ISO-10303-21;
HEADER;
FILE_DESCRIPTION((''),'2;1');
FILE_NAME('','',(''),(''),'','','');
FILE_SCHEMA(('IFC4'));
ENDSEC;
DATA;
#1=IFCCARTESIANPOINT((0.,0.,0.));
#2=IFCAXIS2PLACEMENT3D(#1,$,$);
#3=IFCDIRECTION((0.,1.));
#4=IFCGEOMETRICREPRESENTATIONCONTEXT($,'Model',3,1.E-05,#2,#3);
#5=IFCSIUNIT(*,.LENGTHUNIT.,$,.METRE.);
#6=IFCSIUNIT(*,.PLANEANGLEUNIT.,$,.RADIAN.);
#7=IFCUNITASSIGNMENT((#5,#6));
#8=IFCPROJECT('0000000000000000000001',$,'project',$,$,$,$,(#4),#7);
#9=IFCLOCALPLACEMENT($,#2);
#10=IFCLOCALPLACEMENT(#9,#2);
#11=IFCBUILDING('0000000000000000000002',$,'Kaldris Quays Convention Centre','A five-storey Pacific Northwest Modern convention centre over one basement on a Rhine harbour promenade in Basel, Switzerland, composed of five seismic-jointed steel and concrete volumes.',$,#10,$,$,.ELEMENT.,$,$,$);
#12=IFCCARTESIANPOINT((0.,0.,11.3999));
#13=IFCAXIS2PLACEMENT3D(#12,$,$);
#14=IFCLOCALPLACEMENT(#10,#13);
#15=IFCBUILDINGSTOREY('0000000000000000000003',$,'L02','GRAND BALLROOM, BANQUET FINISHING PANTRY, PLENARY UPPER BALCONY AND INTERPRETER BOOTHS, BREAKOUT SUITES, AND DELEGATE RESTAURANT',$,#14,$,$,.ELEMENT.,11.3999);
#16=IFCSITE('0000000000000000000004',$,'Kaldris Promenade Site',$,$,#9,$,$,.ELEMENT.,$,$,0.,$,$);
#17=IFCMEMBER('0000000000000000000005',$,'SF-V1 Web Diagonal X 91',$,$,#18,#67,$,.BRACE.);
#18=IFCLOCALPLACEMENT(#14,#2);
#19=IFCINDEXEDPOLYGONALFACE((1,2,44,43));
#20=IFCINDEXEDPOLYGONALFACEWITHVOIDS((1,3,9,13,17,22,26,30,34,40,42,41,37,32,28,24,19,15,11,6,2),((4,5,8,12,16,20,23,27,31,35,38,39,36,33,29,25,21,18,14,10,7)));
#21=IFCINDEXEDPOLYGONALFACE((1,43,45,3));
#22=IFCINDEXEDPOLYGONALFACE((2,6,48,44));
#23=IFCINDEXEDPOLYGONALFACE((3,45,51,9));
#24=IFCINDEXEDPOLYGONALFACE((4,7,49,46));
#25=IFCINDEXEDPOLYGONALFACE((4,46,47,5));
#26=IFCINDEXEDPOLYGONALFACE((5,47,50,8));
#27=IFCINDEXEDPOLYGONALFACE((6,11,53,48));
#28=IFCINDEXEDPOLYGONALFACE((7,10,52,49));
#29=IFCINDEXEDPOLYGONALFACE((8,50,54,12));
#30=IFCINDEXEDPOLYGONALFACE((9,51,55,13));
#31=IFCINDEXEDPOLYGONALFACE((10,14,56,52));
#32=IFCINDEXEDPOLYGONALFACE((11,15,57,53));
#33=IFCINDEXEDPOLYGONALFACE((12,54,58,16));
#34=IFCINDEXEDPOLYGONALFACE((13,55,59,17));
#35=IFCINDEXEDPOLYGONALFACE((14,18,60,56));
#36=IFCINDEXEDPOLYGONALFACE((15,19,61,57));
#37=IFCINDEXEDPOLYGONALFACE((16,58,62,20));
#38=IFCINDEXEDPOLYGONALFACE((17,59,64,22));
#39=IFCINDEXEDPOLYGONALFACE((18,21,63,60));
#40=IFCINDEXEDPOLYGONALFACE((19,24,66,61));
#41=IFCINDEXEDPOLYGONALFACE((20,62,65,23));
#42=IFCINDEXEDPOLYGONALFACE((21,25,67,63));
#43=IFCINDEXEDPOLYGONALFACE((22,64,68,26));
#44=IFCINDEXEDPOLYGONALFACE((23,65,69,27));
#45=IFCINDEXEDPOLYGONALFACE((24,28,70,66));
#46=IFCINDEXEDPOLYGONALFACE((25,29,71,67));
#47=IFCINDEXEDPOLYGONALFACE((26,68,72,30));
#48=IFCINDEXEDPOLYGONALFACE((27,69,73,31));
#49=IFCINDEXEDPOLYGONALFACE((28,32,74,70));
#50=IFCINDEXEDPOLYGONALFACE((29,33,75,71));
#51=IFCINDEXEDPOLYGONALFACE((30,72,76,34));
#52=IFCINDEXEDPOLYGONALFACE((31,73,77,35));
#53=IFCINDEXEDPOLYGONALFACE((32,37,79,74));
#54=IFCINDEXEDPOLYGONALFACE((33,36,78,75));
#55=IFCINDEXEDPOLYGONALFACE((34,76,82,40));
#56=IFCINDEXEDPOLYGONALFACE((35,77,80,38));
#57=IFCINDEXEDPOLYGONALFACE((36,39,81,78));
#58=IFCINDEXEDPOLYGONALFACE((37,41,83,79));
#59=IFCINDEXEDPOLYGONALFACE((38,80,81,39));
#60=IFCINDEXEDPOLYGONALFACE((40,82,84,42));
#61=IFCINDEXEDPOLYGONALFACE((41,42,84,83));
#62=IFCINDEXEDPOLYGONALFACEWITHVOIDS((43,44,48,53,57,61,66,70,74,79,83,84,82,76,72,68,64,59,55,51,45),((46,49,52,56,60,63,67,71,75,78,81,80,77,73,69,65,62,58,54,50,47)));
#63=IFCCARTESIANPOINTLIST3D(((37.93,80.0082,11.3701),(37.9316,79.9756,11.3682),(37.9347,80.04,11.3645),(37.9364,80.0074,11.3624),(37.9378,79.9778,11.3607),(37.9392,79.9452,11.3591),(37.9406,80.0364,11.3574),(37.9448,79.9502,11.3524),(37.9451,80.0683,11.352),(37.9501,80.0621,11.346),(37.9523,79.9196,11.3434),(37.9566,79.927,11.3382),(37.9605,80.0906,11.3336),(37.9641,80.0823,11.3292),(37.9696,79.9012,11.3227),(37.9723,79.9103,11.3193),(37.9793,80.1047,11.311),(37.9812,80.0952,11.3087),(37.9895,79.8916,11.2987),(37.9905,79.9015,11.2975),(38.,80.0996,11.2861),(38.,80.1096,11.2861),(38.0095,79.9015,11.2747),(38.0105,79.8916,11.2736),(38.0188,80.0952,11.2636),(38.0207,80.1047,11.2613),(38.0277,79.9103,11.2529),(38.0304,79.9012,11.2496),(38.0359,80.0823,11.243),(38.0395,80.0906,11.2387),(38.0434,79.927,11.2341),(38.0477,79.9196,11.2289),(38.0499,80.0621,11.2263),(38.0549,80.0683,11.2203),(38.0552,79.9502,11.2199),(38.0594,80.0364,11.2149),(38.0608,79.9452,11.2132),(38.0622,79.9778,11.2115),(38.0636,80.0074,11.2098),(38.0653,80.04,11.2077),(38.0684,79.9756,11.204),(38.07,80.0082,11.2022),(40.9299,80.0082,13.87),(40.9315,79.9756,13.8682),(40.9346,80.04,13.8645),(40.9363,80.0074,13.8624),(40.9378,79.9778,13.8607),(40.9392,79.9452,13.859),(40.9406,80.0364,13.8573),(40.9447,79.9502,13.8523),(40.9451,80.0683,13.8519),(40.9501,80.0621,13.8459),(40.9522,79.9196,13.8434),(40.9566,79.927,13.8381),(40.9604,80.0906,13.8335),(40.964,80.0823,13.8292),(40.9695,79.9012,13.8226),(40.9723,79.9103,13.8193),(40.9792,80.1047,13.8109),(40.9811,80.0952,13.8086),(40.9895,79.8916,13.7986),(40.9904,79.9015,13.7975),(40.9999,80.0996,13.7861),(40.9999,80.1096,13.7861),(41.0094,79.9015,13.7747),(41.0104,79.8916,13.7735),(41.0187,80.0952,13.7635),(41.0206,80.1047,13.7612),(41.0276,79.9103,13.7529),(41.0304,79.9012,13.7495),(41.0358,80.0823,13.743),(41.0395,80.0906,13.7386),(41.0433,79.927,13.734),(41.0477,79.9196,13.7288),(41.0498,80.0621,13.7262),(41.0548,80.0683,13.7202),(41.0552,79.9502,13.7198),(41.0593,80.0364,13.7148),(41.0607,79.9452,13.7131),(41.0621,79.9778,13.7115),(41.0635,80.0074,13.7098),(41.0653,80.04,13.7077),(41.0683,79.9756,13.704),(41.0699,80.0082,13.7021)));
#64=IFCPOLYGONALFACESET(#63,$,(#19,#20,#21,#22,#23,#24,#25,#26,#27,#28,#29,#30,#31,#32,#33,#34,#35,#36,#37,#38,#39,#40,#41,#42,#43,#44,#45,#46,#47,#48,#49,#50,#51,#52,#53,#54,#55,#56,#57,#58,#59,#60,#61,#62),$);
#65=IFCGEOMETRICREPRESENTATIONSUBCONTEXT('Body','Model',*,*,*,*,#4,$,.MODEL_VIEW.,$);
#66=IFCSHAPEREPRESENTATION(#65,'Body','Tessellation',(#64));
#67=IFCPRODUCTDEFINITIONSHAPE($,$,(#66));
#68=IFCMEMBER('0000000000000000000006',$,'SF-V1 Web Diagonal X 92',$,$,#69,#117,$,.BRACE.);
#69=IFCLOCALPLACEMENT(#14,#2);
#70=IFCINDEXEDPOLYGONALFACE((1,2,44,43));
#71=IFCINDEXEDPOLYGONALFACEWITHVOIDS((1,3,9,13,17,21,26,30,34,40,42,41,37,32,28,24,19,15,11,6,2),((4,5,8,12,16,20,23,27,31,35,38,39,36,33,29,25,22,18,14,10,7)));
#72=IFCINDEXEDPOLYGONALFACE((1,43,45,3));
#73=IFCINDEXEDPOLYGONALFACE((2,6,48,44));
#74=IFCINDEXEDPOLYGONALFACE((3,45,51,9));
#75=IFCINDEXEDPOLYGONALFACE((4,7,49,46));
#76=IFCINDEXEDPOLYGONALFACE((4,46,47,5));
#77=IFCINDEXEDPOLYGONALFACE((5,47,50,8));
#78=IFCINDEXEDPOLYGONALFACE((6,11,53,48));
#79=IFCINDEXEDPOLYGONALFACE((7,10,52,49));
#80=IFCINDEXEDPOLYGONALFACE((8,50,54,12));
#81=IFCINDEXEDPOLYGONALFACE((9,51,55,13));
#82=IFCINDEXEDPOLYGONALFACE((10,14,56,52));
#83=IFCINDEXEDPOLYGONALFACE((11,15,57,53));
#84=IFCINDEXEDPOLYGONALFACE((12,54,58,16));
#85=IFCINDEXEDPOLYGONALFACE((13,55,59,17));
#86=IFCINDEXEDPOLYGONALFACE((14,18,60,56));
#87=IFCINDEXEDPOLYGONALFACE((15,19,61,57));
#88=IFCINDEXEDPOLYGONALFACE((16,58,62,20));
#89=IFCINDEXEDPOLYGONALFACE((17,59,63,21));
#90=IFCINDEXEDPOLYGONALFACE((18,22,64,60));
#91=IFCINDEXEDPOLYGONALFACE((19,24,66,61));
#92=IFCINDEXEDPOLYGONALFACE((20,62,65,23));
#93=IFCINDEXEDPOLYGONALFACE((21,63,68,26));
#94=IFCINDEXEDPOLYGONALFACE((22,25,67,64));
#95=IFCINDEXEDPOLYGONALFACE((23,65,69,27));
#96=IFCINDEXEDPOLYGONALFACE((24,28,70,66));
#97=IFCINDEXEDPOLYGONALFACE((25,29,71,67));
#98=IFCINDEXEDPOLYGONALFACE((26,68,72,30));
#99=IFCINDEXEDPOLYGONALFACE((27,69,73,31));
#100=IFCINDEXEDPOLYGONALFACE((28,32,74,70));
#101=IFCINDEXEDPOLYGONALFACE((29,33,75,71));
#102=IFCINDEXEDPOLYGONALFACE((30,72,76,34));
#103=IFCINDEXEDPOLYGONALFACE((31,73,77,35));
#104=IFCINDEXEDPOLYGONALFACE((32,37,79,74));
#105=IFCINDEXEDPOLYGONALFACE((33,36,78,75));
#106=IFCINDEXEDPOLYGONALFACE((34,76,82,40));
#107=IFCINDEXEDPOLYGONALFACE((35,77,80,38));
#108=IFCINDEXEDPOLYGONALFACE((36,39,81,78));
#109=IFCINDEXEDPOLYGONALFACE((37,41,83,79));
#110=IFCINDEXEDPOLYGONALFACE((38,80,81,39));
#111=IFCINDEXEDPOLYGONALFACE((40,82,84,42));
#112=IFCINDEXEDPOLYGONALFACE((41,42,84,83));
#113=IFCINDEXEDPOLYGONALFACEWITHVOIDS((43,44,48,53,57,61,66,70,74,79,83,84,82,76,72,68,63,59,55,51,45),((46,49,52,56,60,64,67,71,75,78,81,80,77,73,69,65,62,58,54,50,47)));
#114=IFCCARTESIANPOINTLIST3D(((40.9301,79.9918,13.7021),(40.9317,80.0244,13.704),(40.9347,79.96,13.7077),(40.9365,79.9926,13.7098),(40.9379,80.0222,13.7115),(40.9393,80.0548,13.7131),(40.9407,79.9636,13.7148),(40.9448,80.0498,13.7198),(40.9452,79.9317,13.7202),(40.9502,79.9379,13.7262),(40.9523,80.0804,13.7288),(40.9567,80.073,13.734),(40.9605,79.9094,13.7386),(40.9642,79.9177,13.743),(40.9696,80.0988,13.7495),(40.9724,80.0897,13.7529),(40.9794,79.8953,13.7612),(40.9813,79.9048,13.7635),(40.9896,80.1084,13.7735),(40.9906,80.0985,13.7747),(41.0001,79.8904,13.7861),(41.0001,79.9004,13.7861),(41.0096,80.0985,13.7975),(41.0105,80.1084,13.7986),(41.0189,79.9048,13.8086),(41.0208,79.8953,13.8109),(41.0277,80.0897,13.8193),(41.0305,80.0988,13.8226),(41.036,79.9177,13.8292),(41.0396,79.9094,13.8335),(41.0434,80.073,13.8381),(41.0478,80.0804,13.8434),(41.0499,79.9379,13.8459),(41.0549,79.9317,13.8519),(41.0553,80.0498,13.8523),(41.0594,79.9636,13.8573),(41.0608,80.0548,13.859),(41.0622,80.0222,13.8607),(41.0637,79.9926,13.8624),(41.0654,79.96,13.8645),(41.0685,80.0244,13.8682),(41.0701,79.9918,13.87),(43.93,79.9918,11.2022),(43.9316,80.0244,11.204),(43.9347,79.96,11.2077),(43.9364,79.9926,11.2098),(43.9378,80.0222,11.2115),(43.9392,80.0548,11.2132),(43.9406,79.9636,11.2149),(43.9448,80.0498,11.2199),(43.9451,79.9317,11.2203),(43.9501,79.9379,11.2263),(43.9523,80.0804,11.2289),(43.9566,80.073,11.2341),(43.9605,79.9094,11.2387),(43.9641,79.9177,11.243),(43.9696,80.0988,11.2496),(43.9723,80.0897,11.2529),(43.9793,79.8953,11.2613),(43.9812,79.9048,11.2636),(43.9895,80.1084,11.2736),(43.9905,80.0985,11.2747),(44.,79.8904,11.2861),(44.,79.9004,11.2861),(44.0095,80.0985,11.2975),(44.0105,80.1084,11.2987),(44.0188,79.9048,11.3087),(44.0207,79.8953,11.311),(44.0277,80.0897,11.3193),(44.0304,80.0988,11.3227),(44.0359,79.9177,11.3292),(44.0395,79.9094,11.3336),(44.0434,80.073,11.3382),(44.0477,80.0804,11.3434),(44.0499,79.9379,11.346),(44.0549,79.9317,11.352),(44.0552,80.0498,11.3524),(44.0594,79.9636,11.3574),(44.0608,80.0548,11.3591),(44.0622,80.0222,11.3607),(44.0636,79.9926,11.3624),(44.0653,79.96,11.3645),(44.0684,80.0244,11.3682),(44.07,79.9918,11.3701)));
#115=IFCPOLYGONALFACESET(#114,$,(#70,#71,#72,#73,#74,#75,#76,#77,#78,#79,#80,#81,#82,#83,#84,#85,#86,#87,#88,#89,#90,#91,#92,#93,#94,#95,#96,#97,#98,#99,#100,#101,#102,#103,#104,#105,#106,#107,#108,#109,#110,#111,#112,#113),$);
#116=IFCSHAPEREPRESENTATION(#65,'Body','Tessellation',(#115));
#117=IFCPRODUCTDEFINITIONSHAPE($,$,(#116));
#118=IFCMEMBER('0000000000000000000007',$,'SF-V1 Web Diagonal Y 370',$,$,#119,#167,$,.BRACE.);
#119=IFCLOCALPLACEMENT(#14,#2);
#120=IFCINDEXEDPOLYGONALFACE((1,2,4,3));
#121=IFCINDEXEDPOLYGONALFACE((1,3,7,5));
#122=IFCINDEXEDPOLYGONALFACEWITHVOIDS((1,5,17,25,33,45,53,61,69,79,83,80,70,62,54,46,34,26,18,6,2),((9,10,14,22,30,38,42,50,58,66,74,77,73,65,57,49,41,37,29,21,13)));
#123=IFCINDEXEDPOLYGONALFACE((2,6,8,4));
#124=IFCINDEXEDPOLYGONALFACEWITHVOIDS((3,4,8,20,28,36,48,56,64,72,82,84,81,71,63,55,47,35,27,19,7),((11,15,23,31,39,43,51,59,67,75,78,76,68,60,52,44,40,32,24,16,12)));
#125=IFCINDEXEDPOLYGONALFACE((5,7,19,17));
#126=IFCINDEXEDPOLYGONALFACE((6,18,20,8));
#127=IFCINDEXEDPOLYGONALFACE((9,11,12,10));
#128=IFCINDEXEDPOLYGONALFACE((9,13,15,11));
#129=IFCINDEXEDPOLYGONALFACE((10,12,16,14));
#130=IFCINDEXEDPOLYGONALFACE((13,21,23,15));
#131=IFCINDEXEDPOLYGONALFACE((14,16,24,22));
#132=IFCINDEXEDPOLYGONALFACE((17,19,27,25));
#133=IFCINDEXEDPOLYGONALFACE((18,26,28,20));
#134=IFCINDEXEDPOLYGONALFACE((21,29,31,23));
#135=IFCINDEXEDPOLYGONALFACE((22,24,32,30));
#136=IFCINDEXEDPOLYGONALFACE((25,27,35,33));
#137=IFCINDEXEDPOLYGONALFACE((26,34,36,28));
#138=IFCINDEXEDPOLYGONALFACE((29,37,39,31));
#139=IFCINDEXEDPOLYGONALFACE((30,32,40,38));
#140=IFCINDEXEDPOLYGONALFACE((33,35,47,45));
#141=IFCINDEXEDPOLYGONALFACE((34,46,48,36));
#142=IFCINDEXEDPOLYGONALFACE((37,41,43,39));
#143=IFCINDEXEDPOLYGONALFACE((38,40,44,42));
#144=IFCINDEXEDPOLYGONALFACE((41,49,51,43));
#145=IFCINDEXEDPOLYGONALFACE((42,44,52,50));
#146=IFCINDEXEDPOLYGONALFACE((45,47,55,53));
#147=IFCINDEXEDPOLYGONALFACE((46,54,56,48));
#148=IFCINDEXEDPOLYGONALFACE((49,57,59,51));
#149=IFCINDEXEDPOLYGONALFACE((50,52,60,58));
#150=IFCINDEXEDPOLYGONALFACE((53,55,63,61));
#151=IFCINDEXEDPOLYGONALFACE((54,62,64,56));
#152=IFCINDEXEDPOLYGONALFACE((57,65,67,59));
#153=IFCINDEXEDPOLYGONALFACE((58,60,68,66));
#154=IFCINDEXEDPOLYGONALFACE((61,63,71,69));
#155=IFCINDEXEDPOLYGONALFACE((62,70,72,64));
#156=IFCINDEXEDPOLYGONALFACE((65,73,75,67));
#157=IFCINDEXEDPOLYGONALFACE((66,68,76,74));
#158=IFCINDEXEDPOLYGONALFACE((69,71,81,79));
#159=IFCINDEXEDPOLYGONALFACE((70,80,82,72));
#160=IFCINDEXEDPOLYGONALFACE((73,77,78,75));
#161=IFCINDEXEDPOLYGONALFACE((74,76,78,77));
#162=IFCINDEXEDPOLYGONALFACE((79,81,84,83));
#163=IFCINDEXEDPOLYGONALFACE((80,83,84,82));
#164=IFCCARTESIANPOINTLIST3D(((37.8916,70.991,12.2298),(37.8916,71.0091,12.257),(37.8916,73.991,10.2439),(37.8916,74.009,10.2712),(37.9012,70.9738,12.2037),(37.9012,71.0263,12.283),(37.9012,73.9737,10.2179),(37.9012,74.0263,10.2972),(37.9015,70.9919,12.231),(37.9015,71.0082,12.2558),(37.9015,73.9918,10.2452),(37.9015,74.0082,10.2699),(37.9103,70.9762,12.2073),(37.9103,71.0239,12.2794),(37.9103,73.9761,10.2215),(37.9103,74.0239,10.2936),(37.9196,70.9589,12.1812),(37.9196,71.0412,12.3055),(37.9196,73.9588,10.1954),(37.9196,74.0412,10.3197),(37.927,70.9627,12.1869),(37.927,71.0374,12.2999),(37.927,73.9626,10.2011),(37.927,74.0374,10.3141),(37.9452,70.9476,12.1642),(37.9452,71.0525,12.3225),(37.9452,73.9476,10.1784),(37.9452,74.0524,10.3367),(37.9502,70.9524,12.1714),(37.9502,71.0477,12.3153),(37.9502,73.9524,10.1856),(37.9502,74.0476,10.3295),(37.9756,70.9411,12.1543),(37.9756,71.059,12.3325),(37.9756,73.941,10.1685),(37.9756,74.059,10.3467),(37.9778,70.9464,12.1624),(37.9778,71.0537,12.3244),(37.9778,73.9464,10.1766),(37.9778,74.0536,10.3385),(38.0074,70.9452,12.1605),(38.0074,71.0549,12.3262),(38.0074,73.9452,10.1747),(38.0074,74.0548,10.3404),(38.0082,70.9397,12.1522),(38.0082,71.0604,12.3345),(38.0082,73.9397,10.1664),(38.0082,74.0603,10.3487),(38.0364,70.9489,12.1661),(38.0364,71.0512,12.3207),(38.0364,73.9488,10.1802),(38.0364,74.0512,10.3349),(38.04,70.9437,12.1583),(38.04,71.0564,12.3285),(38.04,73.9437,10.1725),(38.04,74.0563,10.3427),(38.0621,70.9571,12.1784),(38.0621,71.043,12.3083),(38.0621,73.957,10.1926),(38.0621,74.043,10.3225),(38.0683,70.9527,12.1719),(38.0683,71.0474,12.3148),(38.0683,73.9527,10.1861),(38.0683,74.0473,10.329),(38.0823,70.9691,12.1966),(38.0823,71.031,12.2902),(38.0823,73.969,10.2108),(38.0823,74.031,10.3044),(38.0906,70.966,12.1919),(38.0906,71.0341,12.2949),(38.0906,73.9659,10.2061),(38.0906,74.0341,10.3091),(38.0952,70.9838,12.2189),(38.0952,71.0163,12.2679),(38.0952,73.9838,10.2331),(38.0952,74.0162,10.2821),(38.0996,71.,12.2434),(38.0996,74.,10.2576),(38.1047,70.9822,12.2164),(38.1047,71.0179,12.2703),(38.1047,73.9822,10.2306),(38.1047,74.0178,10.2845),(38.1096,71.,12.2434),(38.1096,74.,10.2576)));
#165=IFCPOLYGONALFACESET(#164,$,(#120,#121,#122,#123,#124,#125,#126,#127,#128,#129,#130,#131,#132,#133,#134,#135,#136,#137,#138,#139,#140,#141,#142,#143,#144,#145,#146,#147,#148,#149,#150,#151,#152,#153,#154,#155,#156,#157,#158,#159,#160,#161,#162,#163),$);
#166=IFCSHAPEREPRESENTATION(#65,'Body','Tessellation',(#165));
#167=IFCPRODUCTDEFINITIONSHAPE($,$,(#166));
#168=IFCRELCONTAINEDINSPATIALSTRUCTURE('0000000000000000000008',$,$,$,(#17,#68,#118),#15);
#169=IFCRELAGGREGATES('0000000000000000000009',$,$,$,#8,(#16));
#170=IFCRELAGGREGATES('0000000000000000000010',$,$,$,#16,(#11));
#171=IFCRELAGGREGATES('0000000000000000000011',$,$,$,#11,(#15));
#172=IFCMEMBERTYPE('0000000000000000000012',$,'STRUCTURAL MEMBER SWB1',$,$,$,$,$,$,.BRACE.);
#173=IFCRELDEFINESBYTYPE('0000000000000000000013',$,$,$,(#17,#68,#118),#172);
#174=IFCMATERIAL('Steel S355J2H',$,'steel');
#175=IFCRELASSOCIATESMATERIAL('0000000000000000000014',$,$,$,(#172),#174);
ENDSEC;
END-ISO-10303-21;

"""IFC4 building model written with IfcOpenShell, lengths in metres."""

from ifc_helpers import new_model, si_unit, direction, frame, origin, origin_2d, place, context, subcontext, project, spatial, hollow_circle, extrude, material, material_profile, profile_set, type_object, element, save


model = new_model("IFC4")

# Units and contexts
model_context = context("Model", 3, precision=1e-05, world=origin(), true_north=direction((0.0, 1.0)))
body_context = subcontext(model_context, "Body", "Model", "MODEL_VIEW")
ifc_project = project(units=[si_unit("LENGTHUNIT", "METRE"), si_unit("PLANEANGLEUNIT", "RADIAN")], contexts=[model_context])

# Site, building, storey
site_placement = place(None, origin())
site = spatial("IfcSite", under=ifc_project, at=site_placement, Name="Kaldris Promenade Site", CompositionType="ELEMENT", RefElevation=0.0)
building_placement = place(site_placement, origin())
building = spatial("IfcBuilding", under=site, at=building_placement, Name="Kaldris Quays Convention Centre", Description="A five-storey Pacific Northwest Modern convention centre over one basement on a Rhine harbour promenade in Basel, Switzerland, composed of five seismic-jointed steel and concrete volumes.", CompositionType="ELEMENT")
storey_placement = place(building_placement, frame((0.0, 0.0, 11.3999)))
storey = spatial("IfcBuildingStorey", under=building, at=storey_placement, Name="L02", Description="GRAND BALLROOM, BANQUET FINISHING PANTRY, PLENARY UPPER BALCONY AND INTERPRETER BOOTHS, BREAKOUT SUITES, AND DELEGATE RESTAURANT", CompositionType="ELEMENT", Elevation=11.3999)

# Members
ifc_material_1 = material(Name="Steel S355J2H", Category="steel")
ifc_material_profile_1 = material_profile(ifc_material_1, hollow_circle(Radius=0.1096, WallThickness=0.01, at=origin_2d()), Name="CHS 219.1x10")
ifc_profile_set_1 = profile_set([ifc_material_profile_1], Name="Steel S355J2H")
member_type_1 = type_object("IfcMemberType", Name="STRUCTURAL MEMBER SWB1", PredefinedType="BRACE", material=ifc_profile_set_1)
for number, where, z_axis, x_axis, name in (
    (1, (38.0, 80.0, 11.2861), (0.768221, 0.0, 0.640184), (0.0, 1.0, 0.0), "SF-V1 Web Diagonal X 91"),
    (2, (44.0, 80.0, 11.2861), (-0.768221, 0.0, 0.640184), (0.0, -1.0, 0.0), "SF-V1 Web Diagonal X 92"),
):
    element("IfcMember", number, at=place(storey_placement, frame(where, z_axis=z_axis, x_axis=x_axis)), inside=storey, type_object=member_type_1, Name=name, PredefinedType="BRACE", context=body_context, shape_type="SweptSolid", body=[
        extrude(hollow_circle(Radius=0.1096, WallThickness=0.01, at=origin_2d()), origin(), (0.0, 0.0, 1.0), 3.905),
    ])
member_1_placement = place(storey_placement, frame((38.0, 74.0, 10.2576), z_axis=(0.0, -0.833862, 0.551972), x_axis=(1.0, 0.0, 0.0)))
element("IfcMember", 3, at=member_1_placement, inside=storey, type_object=member_type_1, Name="SF-V1 Web Diagonal Y 370", PredefinedType="BRACE", context=body_context, shape_type="SweptSolid", body=[
    extrude(hollow_circle(Radius=0.1096, WallThickness=0.01, at=origin_2d()), origin(), (0.0, 0.0, 1.0), 3.5977),
])

save(model, "model.ifc")
